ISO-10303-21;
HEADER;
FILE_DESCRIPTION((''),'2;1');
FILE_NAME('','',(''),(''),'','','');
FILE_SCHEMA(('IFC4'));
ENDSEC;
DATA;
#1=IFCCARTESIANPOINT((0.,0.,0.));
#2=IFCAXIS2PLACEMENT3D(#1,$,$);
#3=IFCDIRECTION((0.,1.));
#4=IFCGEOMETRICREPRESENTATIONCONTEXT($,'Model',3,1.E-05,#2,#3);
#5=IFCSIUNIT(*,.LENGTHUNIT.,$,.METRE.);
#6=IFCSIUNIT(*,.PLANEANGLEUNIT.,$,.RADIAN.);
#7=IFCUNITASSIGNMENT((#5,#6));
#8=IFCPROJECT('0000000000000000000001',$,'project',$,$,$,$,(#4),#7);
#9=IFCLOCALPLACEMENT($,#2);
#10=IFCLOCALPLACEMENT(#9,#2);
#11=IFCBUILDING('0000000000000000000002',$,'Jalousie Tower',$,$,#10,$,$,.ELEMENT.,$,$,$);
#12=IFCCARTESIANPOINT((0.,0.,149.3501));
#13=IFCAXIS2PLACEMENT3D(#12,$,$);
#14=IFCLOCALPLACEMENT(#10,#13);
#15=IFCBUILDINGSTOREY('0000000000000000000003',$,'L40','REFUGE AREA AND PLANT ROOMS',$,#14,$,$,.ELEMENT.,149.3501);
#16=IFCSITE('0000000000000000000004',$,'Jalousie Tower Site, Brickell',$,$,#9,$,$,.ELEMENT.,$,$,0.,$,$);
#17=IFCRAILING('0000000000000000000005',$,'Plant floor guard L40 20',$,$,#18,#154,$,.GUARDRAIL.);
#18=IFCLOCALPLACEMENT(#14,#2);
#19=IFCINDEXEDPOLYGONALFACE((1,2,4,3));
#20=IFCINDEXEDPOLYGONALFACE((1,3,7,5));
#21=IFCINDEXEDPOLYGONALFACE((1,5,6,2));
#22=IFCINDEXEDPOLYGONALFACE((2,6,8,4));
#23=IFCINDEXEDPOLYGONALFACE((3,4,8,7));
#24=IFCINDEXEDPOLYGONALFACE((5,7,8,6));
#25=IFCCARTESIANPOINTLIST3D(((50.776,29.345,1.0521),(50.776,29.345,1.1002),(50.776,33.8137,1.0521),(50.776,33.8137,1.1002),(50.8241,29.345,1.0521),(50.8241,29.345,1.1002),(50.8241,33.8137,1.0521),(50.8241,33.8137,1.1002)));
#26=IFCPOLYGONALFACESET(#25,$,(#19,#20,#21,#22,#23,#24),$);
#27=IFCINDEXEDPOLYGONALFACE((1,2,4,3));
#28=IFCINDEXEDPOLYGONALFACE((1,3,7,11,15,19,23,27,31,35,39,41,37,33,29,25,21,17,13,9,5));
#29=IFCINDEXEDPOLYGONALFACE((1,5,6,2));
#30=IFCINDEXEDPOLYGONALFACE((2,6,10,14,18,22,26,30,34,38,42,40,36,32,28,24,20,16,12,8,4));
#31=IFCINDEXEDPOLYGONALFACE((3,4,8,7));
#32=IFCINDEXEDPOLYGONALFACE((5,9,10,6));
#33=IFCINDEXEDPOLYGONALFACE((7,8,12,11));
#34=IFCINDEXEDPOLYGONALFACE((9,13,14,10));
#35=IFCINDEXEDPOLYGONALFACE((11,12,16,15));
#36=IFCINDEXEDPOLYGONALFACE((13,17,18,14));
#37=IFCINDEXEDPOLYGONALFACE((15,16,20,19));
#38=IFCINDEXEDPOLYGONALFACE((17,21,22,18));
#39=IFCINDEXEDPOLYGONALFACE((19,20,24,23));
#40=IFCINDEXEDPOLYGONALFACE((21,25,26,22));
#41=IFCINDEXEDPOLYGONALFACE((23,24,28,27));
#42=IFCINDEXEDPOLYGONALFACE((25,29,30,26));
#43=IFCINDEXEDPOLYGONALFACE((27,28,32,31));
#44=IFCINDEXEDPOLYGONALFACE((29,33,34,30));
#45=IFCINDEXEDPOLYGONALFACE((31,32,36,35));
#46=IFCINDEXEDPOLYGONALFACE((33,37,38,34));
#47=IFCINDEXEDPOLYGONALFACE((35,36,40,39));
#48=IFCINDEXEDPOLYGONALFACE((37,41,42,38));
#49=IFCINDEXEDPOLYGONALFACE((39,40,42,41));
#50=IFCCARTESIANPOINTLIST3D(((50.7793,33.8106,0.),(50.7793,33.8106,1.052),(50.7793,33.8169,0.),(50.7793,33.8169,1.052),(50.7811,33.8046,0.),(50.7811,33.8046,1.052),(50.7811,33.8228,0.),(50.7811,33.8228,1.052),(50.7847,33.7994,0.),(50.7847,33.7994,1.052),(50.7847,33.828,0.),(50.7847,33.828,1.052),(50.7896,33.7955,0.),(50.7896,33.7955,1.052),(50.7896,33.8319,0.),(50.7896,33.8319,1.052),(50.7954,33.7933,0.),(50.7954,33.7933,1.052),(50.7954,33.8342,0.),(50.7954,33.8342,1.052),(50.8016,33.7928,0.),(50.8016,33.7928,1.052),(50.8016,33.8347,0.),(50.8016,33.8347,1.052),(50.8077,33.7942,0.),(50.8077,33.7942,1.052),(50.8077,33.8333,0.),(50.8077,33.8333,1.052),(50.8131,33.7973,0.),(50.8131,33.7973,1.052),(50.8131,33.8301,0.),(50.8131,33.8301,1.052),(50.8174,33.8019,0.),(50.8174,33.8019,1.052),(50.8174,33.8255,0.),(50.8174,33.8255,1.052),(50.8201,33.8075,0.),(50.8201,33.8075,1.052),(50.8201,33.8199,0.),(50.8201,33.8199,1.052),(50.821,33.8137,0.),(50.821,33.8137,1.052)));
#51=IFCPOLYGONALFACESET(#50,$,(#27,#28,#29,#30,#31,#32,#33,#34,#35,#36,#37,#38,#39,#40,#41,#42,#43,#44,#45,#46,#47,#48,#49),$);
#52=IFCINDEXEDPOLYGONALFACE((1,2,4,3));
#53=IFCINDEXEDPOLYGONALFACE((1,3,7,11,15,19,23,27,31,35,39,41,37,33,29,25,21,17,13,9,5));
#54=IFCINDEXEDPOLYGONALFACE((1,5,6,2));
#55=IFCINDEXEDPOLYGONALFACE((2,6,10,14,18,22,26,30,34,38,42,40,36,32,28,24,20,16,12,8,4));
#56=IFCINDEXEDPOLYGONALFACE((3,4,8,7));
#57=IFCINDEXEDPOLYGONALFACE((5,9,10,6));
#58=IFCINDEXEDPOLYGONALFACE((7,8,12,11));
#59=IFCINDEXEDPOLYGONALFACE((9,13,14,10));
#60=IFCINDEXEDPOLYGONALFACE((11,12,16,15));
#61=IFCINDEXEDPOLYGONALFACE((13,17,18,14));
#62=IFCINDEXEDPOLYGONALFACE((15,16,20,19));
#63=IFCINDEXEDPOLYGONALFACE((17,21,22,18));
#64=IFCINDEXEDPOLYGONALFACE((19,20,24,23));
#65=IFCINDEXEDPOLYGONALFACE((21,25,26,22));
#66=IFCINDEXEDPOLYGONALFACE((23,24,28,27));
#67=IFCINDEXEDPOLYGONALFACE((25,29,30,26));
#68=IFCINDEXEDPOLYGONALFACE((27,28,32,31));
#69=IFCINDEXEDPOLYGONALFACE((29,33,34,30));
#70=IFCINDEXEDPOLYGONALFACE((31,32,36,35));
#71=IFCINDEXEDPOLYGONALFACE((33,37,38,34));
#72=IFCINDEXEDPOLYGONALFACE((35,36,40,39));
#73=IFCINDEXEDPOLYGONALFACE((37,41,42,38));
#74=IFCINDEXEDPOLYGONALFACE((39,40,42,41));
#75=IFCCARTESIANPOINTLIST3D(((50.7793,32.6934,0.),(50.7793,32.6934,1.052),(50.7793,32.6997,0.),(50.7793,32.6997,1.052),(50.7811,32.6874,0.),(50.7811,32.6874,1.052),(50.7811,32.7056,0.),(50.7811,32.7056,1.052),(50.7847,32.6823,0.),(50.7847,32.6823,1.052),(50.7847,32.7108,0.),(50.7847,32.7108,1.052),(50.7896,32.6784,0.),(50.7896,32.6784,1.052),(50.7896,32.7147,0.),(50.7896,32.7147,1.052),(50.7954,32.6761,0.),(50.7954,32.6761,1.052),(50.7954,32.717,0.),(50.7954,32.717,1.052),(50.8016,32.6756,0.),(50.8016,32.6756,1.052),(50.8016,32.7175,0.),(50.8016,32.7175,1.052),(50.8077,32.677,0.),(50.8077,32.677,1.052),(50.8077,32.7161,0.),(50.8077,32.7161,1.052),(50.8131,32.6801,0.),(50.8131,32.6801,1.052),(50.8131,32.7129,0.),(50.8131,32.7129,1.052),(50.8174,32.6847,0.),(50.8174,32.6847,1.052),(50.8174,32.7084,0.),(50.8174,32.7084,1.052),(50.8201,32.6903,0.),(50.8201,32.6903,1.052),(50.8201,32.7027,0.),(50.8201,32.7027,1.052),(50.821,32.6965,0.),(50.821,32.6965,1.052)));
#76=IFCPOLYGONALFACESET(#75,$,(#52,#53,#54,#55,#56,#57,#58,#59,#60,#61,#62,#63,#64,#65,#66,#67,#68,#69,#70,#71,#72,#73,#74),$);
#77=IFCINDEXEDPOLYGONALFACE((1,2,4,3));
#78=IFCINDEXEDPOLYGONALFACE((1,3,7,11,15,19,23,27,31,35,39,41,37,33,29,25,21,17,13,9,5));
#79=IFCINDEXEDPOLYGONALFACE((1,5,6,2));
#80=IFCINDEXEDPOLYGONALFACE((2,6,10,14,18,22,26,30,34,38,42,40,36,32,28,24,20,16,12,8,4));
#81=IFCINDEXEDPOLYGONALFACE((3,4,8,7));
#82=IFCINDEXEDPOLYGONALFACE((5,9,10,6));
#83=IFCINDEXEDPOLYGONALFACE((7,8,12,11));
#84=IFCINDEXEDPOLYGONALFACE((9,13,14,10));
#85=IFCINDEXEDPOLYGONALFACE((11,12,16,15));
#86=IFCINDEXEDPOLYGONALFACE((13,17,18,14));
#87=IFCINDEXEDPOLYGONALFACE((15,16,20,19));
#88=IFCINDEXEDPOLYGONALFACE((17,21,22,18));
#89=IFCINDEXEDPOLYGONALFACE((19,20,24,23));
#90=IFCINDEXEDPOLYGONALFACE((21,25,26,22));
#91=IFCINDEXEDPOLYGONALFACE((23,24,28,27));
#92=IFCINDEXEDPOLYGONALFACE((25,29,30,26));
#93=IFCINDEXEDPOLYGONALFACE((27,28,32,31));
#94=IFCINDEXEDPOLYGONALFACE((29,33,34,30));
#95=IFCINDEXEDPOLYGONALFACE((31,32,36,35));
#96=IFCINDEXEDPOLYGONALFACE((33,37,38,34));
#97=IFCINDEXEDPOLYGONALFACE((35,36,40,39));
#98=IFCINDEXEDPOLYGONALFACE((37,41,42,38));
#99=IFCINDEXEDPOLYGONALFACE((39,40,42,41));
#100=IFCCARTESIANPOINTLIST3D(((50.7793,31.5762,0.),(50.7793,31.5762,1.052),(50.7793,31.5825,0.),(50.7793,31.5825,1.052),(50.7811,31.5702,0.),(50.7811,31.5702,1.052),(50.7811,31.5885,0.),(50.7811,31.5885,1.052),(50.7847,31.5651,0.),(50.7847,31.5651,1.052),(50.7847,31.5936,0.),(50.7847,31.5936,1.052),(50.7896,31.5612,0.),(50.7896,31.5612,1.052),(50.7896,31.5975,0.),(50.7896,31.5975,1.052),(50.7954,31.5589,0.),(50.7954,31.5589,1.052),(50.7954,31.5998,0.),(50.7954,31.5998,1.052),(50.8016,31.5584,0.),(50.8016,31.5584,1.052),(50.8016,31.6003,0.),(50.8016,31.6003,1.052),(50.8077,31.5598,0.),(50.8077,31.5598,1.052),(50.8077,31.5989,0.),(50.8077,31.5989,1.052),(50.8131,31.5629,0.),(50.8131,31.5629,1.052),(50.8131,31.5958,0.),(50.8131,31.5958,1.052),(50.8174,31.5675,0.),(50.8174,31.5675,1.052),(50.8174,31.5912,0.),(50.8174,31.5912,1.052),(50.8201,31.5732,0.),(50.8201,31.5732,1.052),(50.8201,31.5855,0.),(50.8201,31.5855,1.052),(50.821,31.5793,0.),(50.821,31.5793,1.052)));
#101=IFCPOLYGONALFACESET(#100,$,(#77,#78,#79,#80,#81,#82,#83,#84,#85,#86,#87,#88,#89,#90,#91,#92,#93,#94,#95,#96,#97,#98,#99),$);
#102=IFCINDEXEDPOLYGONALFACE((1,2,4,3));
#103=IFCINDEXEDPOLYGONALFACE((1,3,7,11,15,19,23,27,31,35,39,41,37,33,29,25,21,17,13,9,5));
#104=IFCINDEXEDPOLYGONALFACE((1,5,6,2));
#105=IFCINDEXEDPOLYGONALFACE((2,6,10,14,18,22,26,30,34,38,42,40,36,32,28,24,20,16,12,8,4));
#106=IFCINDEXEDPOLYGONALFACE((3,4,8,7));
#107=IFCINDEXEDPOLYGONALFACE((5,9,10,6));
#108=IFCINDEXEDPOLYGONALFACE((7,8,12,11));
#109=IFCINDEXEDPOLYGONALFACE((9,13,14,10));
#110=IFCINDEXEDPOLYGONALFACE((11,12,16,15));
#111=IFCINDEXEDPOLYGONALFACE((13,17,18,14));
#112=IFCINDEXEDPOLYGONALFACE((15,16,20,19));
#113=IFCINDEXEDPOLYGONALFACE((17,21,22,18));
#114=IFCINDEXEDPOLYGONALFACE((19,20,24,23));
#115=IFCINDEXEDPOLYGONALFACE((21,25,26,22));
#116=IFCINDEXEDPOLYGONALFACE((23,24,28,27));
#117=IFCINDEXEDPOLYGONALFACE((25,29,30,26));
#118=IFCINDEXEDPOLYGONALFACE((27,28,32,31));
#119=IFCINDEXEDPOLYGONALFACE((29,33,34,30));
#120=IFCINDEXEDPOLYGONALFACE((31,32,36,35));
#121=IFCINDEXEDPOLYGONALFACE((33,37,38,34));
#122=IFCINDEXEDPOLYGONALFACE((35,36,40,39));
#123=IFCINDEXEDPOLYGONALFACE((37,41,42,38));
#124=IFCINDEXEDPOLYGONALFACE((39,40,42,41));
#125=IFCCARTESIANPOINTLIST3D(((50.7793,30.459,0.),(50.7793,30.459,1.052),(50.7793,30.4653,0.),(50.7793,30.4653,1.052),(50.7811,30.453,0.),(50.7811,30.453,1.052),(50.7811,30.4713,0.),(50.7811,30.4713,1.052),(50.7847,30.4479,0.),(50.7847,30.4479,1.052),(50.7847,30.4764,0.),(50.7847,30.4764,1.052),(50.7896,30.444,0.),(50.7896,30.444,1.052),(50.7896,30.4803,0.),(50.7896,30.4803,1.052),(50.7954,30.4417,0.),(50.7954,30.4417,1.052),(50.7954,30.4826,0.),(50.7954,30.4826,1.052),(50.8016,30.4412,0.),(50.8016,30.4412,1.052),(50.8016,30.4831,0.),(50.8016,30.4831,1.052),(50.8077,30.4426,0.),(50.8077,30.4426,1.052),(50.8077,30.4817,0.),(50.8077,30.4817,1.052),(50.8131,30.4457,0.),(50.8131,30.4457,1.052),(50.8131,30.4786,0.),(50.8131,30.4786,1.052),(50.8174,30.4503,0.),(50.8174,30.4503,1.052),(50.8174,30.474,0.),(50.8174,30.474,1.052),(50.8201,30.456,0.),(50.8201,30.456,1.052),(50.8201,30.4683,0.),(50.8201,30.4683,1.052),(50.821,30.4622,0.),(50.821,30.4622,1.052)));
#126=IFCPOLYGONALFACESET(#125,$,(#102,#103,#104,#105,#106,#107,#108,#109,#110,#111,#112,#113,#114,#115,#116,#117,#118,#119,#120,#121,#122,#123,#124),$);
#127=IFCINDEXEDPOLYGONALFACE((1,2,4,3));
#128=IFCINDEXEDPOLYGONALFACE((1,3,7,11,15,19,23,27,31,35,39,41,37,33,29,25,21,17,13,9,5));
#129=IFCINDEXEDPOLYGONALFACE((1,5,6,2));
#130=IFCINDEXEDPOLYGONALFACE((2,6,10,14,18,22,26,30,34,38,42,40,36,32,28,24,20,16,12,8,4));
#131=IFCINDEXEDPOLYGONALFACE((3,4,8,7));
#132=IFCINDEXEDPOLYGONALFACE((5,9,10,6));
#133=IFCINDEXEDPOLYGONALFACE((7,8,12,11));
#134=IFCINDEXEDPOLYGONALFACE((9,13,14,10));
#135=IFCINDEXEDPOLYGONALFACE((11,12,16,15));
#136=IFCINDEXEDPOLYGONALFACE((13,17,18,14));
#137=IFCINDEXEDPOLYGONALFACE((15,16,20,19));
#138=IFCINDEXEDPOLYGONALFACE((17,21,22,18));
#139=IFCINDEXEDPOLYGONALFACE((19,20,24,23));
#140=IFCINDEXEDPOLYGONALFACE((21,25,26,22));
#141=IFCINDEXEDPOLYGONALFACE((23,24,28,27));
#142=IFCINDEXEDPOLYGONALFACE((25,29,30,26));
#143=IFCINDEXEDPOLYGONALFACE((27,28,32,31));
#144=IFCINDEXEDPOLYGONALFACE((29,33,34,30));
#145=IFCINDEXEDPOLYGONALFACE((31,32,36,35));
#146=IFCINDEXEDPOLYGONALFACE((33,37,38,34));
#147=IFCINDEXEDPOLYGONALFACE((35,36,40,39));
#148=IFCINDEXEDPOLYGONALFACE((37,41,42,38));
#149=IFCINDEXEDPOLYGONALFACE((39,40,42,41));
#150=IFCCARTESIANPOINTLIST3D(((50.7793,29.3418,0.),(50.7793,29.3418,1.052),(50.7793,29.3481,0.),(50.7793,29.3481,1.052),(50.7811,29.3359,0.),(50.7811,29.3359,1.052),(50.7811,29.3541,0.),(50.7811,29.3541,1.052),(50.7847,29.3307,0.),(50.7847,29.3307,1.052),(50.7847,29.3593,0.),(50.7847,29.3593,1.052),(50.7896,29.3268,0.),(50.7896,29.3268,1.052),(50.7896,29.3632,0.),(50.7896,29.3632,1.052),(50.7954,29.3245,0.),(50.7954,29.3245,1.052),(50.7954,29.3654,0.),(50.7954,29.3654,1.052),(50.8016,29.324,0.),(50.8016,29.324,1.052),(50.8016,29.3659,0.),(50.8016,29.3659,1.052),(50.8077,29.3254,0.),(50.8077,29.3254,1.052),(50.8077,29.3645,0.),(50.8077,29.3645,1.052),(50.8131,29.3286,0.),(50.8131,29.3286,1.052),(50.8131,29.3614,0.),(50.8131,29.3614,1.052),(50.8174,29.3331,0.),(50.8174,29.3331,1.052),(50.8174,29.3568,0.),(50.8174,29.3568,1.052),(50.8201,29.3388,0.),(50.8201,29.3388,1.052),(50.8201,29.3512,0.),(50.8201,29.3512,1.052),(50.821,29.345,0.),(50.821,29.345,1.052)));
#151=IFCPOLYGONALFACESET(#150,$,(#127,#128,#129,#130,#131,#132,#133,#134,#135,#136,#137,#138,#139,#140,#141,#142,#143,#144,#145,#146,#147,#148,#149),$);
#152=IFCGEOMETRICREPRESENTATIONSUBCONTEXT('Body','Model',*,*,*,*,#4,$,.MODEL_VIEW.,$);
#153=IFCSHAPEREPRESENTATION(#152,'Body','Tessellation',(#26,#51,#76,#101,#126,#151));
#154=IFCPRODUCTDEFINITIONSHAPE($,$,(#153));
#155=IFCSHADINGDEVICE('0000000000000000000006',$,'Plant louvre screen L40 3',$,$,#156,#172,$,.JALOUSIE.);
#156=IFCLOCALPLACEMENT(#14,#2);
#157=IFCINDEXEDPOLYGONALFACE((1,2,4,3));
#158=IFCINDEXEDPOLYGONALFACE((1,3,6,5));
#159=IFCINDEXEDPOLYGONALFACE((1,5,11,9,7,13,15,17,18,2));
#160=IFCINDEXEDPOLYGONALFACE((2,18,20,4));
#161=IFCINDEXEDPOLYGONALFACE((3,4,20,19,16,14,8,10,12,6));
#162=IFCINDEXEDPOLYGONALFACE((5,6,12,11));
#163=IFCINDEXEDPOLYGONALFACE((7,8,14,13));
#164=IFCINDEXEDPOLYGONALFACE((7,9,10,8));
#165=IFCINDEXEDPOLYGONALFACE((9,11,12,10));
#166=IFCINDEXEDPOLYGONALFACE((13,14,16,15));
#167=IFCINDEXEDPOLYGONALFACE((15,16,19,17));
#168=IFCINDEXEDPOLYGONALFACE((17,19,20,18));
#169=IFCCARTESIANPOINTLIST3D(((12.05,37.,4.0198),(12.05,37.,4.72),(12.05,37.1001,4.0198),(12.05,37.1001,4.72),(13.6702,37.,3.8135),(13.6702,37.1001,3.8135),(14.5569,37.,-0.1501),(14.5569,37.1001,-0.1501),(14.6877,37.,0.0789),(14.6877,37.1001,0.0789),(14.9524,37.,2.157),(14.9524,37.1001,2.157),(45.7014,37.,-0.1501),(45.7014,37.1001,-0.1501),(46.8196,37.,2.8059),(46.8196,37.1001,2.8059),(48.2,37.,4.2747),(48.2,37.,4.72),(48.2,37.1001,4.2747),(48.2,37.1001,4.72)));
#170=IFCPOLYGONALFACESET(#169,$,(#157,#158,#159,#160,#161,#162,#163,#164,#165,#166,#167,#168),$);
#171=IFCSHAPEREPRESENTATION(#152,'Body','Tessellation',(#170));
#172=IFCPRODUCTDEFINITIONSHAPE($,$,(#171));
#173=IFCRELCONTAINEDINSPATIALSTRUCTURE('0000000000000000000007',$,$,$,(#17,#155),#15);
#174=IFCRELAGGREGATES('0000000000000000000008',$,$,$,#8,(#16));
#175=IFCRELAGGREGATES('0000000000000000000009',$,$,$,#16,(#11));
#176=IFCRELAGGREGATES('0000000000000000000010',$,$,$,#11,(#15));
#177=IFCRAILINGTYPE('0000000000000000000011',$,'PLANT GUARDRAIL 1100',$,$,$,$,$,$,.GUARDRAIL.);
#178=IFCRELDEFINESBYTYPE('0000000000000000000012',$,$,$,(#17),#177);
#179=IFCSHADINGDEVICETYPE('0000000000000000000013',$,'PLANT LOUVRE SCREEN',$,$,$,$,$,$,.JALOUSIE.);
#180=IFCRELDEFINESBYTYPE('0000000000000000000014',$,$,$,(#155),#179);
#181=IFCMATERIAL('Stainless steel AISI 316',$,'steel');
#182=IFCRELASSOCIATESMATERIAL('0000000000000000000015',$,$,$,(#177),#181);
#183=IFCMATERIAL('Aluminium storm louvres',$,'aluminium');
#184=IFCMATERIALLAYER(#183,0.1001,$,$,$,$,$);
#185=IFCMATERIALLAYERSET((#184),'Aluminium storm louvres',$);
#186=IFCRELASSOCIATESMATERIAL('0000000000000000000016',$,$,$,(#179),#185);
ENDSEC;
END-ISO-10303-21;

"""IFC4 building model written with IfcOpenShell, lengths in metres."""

from ifc_helpers import new_model, si_unit, direction, frame, origin, origin_2d, place, context, subcontext, project, spatial, polyline, rectangle, circle, outline, extrude, material, layer, layer_set, type_object, element, save


model = new_model("IFC4")

# Units and contexts
model_context = context("Model", 3, precision=1e-05, world=origin(), true_north=direction((0.0, 1.0)))
body_context = subcontext(model_context, "Body", "Model", "MODEL_VIEW")
ifc_project = project(units=[si_unit("LENGTHUNIT", "METRE"), si_unit("PLANEANGLEUNIT", "RADIAN")], contexts=[model_context])

# Site, building, storey
site_placement = place(None, origin())
site = spatial("IfcSite", under=ifc_project, at=site_placement, Name="Jalousie Tower Site, Brickell", CompositionType="ELEMENT", RefElevation=0.0)
building_placement = place(site_placement, origin())
building = spatial("IfcBuilding", under=site, at=building_placement, Name="Jalousie Tower", CompositionType="ELEMENT")
storey_placement = place(building_placement, frame((0.0, 0.0, 149.3501)))
storey = spatial("IfcBuildingStorey", under=building, at=storey_placement, Name="L40", Description="REFUGE AREA AND PLANT ROOMS", CompositionType="ELEMENT", Elevation=149.3501)

# Railing
ifc_material_1 = material(Name="Stainless steel AISI 316", Category="steel")
railing_type_1 = type_object("IfcRailingType", Name="PLANT GUARDRAIL 1100", PredefinedType="GUARDRAIL", material=ifc_material_1)
railing_1_placement = place(storey_placement, frame((50.8, 33.8137, 0.0)))
element("IfcRailing", 1, at=railing_1_placement, inside=storey, type_object=railing_type_1, Name="Plant floor guard L40 20", PredefinedType="GUARDRAIL", context=body_context, shape_type="SweptSolid", body=[
    extrude(rectangle(XDim=0.0481, YDim=0.0481, at=origin_2d()), frame((0.0, 0.0, 1.0762), z_axis=(0.0, -1.0, 0.0), x_axis=(1.0, 0.0, 0.0)), (0.0, 0.0, 1.0), 4.4688),
    extrude(circle(Radius=0.021, at=origin_2d()), origin(), (0.0, 0.0, 1.0), 1.052),
    extrude(circle(Radius=0.021, at=origin_2d()), frame((0.0, -1.1172, 0.0)), (0.0, 0.0, 1.0), 1.052),
    extrude(circle(Radius=0.021, at=origin_2d()), frame((0.0, -2.2344, 0.0)), (0.0, 0.0, 1.0), 1.052),
    extrude(circle(Radius=0.021, at=origin_2d()), frame((0.0, -3.3516, 0.0)), (0.0, 0.0, 1.0), 1.052),
    extrude(circle(Radius=0.021, at=origin_2d()), frame((0.0, -4.4688, 0.0)), (0.0, 0.0, 1.0), 1.052),
])

# Shading device
ifc_material_2 = material(Name="Aluminium storm louvres", Category="aluminium")
ifc_layer_1 = layer(ifc_material_2, 0.1001)
ifc_layer_set_1 = layer_set([ifc_layer_1], Name="Aluminium storm louvres")
shading_device_type = type_object("IfcShadingDeviceType", Name="PLANT LOUVRE SCREEN", PredefinedType="JALOUSIE", material=ifc_layer_set_1)
shading_device_placement = place(storey_placement, frame((48.2, 37.1001, 4.72), z_axis=(0.0, 1.0, 0.0), x_axis=(0.0, 0.0, -1.0)))
element("IfcShadingDevice", 2, at=shading_device_placement, inside=storey, type_object=shading_device_type, Name="Plant louvre screen L40 3", PredefinedType="JALOUSIE", context=body_context, shape_type="SweptSolid", body=[
    extrude(outline(polyline([(0.0, 0.0), (0.4453, 0.0), (1.9141, 1.3804), (4.8701, 2.4985), (4.8701, 33.6431), (4.6411, 33.5122), (2.563, 33.2476), (0.9065, 34.5298), (0.7002, 36.1499), (0.0, 36.1499), (0.0, 0.0)])), origin(), (0.0, 0.0, -1.0), 0.1001),
])

save(model, "model.ifc")
